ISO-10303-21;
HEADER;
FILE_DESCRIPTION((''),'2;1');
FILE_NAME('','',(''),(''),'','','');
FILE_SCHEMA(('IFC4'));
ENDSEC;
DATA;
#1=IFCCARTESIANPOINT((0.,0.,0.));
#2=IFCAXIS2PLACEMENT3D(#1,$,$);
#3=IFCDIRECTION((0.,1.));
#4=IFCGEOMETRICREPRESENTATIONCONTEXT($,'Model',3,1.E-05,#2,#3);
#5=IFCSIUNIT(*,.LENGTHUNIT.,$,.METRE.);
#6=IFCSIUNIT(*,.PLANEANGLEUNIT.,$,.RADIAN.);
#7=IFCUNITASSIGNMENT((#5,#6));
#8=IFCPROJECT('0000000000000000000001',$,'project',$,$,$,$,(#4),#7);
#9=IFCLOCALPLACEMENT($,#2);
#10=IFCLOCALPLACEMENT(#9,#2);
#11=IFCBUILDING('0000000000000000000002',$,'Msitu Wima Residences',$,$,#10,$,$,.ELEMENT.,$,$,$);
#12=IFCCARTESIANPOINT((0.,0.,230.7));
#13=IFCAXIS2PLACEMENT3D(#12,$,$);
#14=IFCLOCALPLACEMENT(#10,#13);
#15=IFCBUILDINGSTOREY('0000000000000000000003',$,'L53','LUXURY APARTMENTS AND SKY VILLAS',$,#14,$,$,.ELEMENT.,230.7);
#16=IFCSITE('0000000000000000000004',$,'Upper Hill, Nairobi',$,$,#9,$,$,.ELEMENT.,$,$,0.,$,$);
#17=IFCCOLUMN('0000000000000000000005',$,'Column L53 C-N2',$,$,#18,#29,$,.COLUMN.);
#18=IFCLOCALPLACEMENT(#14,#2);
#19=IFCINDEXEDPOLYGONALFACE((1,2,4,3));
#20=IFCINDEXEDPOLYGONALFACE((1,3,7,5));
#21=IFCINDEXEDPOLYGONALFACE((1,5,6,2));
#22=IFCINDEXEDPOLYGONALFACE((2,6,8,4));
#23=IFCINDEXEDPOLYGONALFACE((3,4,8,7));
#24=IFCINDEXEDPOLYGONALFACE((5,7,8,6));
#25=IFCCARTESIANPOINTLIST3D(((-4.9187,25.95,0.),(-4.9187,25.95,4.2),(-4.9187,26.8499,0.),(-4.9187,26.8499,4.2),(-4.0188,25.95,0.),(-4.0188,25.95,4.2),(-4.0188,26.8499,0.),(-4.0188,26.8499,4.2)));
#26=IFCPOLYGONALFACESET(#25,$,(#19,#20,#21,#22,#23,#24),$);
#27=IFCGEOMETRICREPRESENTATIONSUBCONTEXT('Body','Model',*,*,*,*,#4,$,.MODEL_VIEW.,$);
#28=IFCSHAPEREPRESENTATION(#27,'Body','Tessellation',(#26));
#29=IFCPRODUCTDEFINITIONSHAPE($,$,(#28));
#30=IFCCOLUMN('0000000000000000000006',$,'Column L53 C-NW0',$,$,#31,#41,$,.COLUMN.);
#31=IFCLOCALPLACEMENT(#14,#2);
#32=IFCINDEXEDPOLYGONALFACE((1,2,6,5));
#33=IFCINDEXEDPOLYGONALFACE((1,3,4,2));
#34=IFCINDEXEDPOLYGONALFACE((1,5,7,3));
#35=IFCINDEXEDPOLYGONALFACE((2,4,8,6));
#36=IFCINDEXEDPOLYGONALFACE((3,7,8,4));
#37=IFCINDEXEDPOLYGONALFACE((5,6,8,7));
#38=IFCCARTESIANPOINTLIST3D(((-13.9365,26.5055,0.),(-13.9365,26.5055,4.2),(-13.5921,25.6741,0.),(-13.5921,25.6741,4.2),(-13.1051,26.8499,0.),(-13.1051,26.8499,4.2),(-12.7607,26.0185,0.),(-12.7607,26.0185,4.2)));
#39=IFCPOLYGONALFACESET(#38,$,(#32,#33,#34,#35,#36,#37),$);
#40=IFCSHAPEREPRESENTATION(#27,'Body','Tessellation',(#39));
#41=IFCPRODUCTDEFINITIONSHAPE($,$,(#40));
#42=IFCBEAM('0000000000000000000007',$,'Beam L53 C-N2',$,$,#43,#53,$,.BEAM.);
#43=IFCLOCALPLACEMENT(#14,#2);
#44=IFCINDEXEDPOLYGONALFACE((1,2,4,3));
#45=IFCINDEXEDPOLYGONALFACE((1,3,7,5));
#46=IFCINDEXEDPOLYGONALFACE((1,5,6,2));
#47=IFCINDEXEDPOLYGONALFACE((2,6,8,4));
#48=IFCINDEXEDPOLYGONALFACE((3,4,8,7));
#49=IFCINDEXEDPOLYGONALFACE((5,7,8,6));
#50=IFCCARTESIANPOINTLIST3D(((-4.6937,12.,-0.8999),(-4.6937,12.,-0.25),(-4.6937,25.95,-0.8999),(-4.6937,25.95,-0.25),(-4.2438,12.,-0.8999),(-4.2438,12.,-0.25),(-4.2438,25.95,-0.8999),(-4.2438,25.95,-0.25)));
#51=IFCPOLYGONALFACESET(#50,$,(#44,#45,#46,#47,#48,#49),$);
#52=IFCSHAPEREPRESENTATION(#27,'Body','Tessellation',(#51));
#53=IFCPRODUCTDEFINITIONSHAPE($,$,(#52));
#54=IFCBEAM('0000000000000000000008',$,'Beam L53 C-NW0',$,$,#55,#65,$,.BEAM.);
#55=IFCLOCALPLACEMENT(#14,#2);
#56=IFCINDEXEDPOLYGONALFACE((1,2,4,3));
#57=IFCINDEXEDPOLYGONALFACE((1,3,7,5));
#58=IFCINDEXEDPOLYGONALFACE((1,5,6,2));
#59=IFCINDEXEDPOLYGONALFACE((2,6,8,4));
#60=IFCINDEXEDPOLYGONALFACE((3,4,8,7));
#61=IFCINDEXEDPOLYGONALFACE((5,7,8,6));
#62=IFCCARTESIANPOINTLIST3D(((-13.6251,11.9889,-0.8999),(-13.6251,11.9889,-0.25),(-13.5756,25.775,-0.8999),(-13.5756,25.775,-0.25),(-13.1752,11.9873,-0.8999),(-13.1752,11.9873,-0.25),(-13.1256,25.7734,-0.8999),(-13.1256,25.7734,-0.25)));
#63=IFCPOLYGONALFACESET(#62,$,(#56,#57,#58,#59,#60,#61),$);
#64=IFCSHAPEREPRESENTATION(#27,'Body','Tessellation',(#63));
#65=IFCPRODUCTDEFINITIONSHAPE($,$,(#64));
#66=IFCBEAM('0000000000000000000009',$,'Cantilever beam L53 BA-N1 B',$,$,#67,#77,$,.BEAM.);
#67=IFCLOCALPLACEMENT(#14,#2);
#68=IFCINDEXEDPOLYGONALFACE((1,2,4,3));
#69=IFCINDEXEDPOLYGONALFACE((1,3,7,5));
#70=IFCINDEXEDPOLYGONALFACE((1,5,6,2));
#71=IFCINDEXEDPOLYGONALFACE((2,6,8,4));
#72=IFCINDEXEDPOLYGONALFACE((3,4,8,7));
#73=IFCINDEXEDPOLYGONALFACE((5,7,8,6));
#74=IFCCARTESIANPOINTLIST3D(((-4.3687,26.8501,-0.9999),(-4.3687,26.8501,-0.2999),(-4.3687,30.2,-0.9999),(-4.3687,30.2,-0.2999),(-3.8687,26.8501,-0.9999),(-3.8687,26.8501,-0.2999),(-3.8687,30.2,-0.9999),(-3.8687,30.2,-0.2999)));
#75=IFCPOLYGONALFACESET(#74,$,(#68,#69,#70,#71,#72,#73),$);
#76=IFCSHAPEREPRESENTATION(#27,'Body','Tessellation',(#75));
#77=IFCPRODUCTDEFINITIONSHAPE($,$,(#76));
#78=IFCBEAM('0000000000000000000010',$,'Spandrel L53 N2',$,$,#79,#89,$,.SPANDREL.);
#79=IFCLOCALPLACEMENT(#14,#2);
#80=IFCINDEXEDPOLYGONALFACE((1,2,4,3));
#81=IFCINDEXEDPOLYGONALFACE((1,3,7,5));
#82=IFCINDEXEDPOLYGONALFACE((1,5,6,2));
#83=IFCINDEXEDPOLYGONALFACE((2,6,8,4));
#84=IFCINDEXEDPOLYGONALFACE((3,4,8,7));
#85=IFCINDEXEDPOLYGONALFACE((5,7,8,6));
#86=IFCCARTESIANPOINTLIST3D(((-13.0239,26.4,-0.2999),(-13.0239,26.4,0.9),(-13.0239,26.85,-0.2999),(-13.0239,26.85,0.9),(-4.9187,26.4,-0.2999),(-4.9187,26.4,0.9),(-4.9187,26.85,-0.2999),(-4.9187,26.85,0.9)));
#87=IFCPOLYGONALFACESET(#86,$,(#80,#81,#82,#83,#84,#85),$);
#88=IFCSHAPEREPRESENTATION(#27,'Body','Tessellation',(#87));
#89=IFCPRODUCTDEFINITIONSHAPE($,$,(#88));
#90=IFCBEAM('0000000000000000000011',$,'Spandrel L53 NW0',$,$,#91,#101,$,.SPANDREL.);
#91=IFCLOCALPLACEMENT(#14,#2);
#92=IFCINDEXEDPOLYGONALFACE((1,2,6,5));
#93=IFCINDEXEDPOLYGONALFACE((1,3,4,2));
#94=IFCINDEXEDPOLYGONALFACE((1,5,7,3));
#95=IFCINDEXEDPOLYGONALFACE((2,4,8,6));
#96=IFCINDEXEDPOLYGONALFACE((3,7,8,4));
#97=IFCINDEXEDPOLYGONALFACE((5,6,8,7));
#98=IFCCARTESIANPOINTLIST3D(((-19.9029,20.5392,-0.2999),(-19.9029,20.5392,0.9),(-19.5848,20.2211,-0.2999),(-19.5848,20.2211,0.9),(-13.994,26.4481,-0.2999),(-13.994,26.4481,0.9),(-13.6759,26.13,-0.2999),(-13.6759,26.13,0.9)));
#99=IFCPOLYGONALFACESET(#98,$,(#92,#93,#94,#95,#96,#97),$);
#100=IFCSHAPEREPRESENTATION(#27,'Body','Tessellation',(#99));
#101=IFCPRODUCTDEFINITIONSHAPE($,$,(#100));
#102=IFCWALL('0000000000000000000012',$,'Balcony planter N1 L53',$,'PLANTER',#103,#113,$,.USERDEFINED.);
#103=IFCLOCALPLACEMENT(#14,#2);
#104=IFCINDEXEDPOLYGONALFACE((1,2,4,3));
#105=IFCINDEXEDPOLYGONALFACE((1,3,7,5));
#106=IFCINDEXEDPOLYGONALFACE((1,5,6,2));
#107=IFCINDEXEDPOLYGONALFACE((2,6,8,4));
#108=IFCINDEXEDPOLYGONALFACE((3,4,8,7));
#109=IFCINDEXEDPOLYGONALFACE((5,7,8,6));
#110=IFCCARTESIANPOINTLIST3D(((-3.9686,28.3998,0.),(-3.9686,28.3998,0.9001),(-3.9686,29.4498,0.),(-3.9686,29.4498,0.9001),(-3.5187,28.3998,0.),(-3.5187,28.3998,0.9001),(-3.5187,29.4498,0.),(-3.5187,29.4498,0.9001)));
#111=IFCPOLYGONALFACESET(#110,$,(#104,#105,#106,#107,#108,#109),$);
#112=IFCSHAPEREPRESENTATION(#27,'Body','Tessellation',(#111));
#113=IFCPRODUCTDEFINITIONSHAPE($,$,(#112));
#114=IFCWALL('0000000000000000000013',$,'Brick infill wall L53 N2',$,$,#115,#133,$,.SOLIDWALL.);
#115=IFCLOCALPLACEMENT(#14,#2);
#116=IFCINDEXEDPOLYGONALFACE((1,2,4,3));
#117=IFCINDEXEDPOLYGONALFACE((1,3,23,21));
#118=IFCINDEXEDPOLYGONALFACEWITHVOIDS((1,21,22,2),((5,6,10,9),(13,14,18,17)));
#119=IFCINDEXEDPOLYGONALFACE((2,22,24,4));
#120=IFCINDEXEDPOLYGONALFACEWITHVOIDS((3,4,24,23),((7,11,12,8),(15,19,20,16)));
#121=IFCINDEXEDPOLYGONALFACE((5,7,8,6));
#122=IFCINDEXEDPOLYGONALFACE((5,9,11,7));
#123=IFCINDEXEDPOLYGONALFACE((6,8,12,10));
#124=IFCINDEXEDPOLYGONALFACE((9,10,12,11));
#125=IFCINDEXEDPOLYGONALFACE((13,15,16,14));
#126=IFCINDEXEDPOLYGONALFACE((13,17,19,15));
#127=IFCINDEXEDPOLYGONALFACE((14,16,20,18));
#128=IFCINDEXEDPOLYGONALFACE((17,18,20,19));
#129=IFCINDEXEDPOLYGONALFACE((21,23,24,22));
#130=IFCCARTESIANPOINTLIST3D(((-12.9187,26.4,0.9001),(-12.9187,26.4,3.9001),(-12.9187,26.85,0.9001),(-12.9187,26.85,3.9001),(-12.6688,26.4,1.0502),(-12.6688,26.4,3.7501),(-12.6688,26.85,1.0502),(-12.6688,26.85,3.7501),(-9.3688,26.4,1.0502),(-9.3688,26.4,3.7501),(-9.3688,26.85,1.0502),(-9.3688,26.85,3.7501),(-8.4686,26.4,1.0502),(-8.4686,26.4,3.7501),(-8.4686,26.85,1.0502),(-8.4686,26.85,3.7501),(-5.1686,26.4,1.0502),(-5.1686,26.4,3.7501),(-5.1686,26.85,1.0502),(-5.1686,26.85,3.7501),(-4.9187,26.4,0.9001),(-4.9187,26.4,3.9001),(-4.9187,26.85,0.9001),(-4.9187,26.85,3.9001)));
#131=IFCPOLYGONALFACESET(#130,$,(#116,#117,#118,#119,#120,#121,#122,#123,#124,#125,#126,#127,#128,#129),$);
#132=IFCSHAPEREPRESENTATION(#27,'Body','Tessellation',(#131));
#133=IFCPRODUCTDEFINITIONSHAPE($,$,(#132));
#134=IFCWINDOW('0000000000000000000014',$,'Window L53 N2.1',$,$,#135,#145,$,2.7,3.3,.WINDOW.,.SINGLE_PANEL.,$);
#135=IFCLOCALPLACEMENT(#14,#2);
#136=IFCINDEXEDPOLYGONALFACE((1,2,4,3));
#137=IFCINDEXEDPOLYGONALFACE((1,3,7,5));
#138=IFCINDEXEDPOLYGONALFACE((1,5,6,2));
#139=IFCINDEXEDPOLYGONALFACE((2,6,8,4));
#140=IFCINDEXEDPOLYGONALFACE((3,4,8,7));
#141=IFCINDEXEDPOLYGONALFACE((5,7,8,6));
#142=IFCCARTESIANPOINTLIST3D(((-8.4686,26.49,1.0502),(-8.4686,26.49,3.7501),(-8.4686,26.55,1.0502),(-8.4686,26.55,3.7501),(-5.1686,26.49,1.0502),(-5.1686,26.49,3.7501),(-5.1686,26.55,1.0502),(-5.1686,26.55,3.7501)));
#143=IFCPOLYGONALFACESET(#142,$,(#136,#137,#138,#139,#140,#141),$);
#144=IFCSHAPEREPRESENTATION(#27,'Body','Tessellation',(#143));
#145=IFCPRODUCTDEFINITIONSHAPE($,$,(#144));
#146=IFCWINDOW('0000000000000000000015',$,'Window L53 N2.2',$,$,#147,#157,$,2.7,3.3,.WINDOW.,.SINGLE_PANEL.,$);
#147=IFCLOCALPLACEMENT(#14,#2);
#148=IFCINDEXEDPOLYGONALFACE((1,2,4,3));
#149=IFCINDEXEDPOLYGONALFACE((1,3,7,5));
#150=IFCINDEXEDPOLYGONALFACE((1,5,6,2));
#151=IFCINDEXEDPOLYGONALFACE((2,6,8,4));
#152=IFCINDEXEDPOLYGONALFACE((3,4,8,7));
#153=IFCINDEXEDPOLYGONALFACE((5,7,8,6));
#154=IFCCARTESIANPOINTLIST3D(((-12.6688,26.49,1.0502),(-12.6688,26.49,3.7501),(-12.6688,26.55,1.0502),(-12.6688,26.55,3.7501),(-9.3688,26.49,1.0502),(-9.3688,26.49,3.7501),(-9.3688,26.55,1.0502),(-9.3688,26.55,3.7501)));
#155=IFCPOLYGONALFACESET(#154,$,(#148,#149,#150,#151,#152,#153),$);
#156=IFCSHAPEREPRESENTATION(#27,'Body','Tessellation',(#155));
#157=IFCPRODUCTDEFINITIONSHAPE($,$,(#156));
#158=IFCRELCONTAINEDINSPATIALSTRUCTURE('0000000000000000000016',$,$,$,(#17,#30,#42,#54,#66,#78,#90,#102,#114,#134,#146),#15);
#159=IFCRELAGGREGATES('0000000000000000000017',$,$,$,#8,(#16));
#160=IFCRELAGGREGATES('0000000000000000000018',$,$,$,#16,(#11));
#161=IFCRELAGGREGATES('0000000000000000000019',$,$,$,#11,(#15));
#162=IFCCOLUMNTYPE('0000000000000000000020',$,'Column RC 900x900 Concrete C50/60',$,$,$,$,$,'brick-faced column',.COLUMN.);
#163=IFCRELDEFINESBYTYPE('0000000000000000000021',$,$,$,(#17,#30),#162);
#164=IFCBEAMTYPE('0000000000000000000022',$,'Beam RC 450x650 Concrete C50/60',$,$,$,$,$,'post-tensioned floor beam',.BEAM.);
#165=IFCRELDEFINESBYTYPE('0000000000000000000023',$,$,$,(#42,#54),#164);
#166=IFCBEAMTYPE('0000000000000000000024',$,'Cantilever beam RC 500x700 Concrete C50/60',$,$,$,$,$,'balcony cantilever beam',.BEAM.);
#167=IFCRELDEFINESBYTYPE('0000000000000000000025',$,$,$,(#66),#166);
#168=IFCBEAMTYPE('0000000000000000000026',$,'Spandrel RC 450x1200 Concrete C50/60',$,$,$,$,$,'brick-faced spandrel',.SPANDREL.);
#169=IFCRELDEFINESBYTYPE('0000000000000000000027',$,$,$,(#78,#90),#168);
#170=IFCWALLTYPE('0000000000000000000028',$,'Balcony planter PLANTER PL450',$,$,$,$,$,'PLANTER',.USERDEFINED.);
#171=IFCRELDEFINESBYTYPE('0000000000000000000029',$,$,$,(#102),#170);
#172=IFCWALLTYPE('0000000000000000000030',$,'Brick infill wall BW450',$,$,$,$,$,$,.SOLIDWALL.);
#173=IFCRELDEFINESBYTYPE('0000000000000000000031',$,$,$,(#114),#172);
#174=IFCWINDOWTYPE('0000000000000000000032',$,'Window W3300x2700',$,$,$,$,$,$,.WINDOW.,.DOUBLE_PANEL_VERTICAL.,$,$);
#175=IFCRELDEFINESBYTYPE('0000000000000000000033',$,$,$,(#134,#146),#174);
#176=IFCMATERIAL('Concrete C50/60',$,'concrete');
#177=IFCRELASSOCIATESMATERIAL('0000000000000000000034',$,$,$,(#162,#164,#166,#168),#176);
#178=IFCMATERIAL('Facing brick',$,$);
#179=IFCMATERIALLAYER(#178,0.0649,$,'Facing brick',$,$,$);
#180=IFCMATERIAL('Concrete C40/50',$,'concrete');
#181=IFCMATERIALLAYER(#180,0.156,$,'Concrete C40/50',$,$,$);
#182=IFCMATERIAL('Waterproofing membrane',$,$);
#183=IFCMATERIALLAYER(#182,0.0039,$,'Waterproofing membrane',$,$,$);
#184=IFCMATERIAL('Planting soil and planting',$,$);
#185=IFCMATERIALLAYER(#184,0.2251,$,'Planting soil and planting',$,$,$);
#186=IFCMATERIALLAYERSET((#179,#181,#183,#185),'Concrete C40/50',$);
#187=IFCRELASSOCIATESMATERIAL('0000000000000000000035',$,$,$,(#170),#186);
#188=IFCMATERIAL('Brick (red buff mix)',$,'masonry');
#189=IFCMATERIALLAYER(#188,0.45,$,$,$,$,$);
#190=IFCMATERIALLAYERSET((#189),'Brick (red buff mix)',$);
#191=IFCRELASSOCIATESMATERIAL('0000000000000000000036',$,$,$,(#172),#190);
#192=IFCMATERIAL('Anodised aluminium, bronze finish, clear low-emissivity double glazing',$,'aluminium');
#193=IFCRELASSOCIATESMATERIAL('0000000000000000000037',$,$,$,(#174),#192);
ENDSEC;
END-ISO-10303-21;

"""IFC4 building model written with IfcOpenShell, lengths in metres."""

from ifc_helpers import new_model, si_unit, direction, frame, frame_2d, origin, origin_2d, place, context, subcontext, project, spatial, rectangle, extrude, material, layer, layer_set, material_profile, profile_set, type_object, element, fill, save


model = new_model("IFC4")

# Units and contexts
model_context = context("Model", 3, precision=1e-05, world=origin(), true_north=direction((0.0, 1.0)))
body_context = subcontext(model_context, "Body", "Model", "MODEL_VIEW")
ifc_project = project(units=[si_unit("LENGTHUNIT", "METRE"), si_unit("PLANEANGLEUNIT", "RADIAN")], contexts=[model_context])

# Site, building, storey
site_placement = place(None, origin())
site = spatial("IfcSite", under=ifc_project, at=site_placement, Name="Upper Hill, Nairobi", CompositionType="ELEMENT", RefElevation=0.0)
building_placement = place(site_placement, origin())
building = spatial("IfcBuilding", under=site, at=building_placement, Name="Msitu Wima Residences", CompositionType="ELEMENT")
storey_placement = place(building_placement, frame((0.0, 0.0, 230.7)))
storey = spatial("IfcBuildingStorey", under=building, at=storey_placement, Name="L53", Description="LUXURY APARTMENTS AND SKY VILLAS", CompositionType="ELEMENT", Elevation=230.7)

# Columns
ifc_material_1 = material(Name="Concrete C50/60", Category="concrete")
ifc_material_profile_1 = material_profile(ifc_material_1, rectangle(XDim=0.8999, YDim=0.8999, at=origin_2d()), Name="RC 900x900")
ifc_profile_set_1 = profile_set([ifc_material_profile_1], Name="Concrete C50/60")
column_type = type_object("IfcColumnType", Name="Column RC 900x900 Concrete C50/60", ElementType="brick-faced column", PredefinedType="COLUMN", material=ifc_profile_set_1)
for number, where, z_axis, x_axis, name in (
    (1, (-4.4688, 26.3999, 0.0), (0.0, 0.0, 1.0), (-1.0, 0.0, 0.0), "Column L53 C-N2"),
    (2, (-13.3486, 26.262, 0.0), (0.0, 0.0, 1.0), (-0.92388, -0.382683, 0.0), "Column L53 C-NW0"),
):
    element("IfcColumn", number, at=place(storey_placement, frame(where, z_axis=z_axis, x_axis=x_axis)), inside=storey, type_object=column_type, Name=name, PredefinedType="COLUMN", context=body_context, shape_type="SweptSolid", body=[
        extrude(rectangle(XDim=0.8999, YDim=0.8999, at=origin_2d()), origin(), (0.0, 0.0, 1.0), 4.2),
    ])

# Beams
ifc_material_profile_2 = material_profile(ifc_material_1, rectangle(XDim=0.45, YDim=0.6499, at=origin_2d()), Name="RC 450x650")
ifc_profile_set_2 = profile_set([ifc_material_profile_2], Name="Concrete C50/60")
beam_type_1 = type_object("IfcBeamType", Name="Beam RC 450x650 Concrete C50/60", ElementType="post-tensioned floor beam", PredefinedType="BEAM", material=ifc_profile_set_2)
beam_1_placement = place(storey_placement, frame((-4.4688, 25.95, -0.575), z_axis=(0.0, -1.0, 0.0), x_axis=(1.0, 0.0, 0.0)))
element("IfcBeam", 3, at=beam_1_placement, inside=storey, type_object=beam_type_1, Name="Beam L53 C-N2", PredefinedType="BEAM", context=body_context, shape_type="SweptSolid", body=[
    extrude(rectangle(XDim=0.45, YDim=0.6499, at=origin_2d()), origin(), (0.0, 0.0, 1.0), 13.95),
])
beam_2_placement = place(storey_placement, frame((-13.3506, 25.7742, -0.575), z_axis=(-0.003595, -0.999994, 0.0), x_axis=(0.999994, -0.003595, 0.0)))
element("IfcBeam", 4, at=beam_2_placement, inside=storey, type_object=beam_type_1, Name="Beam L53 C-NW0", PredefinedType="BEAM", context=body_context, shape_type="SweptSolid", body=[
    extrude(rectangle(XDim=0.45, YDim=0.6499, at=origin_2d()), origin(), (0.0, 0.0, 1.0), 13.7861),
])
ifc_material_profile_3 = material_profile(ifc_material_1, rectangle(XDim=0.5, YDim=0.7, at=origin_2d()), Name="RC 500x700")
ifc_profile_set_3 = profile_set([ifc_material_profile_3], Name="Concrete C50/60")
beam_type_2 = type_object("IfcBeamType", Name="Cantilever beam RC 500x700 Concrete C50/60", ElementType="balcony cantilever beam", PredefinedType="BEAM", material=ifc_profile_set_3)
beam_3_placement = place(storey_placement, frame((-4.1187, 26.8501, -0.6499), z_axis=(0.0, 1.0, 0.0), x_axis=(-1.0, 0.0, 0.0)))
element("IfcBeam", 5, at=beam_3_placement, inside=storey, type_object=beam_type_2, Name="Cantilever beam L53 BA-N1 B", PredefinedType="BEAM", context=body_context, shape_type="SweptSolid", body=[
    extrude(rectangle(XDim=0.5, YDim=0.7, at=origin_2d()), origin(), (0.0, 0.0, 1.0), 3.3499),
])
ifc_material_profile_4 = material_profile(ifc_material_1, rectangle(XDim=0.45, YDim=1.2, at=origin_2d()), Name="RC 450x1200")
ifc_profile_set_4 = profile_set([ifc_material_profile_4], Name="Concrete C50/60")
beam_type_3 = type_object("IfcBeamType", Name="Spandrel RC 450x1200 Concrete C50/60", ElementType="brick-faced spandrel", PredefinedType="SPANDREL", material=ifc_profile_set_4)
beam_4_placement = place(storey_placement, frame((-4.9187, 26.625, 0.3), z_axis=(-1.0, 0.0, 0.0), x_axis=(0.0, -1.0, 0.0)))
element("IfcBeam", 6, at=beam_4_placement, inside=storey, type_object=beam_type_3, Name="Spandrel L53 N2", PredefinedType="SPANDREL", context=body_context, shape_type="SweptSolid", body=[
    extrude(rectangle(XDim=0.45, YDim=1.2, at=origin_2d()), origin(), (0.0, 0.0, 1.0), 8.1052),
])
beam_5_placement = place(storey_placement, frame((-13.835, 26.2891, 0.3), z_axis=(-0.707107, -0.707107, 0.0), x_axis=(0.707107, -0.707107, 0.0)))
element("IfcBeam", 7, at=beam_5_placement, inside=storey, type_object=beam_type_3, Name="Spandrel L53 NW0", PredefinedType="SPANDREL", context=body_context, shape_type="SweptSolid", body=[
    extrude(rectangle(XDim=0.45, YDim=1.2, at=origin_2d()), origin(), (0.0, 0.0, 1.0), 8.3564),
])

# Wall
ifc_material_2 = material(Name="Facing brick")
ifc_layer_1 = layer(ifc_material_2, 0.0649, Name="Facing brick")
ifc_material_3 = material(Name="Concrete C40/50", Category="concrete")
ifc_layer_2 = layer(ifc_material_3, 0.156, Name="Concrete C40/50")
ifc_material_4 = material(Name="Waterproofing membrane")
ifc_layer_3 = layer(ifc_material_4, 0.0039, Name="Waterproofing membrane")
ifc_material_5 = material(Name="Planting soil and planting")
ifc_layer_4 = layer(ifc_material_5, 0.2251, Name="Planting soil and planting")
ifc_layer_set_1 = layer_set([ifc_layer_1, ifc_layer_2, ifc_layer_3, ifc_layer_4], Name="Concrete C40/50")
wall_type_1 = type_object("IfcWallType", Name="Balcony planter PLANTER PL450", ElementType="PLANTER", PredefinedType="USERDEFINED", material=ifc_layer_set_1)
wall_1_placement = place(storey_placement, frame((-3.7437, 28.3999, 0.0), z_axis=(0.0, 0.0, 1.0), x_axis=(0.0, 1.0, 0.0)))
element("IfcWall", 8, at=wall_1_placement, inside=storey, type_object=wall_type_1, Name="Balcony planter N1 L53", ObjectType="PLANTER", PredefinedType="USERDEFINED", context=body_context, shape_type="SweptSolid", body=[
    extrude(rectangle(XDim=1.05, YDim=0.45, at=frame_2d((0.5249, 0.0))), origin(), (0.0, 0.0, 1.0), 0.9001),
])

# Wall, openings, windows
ifc_material_6 = material(Name="Brick (red buff mix)", Category="masonry")
ifc_layer_5 = layer(ifc_material_6, 0.45)
ifc_layer_set_2 = layer_set([ifc_layer_5], Name="Brick (red buff mix)")
wall_type_2 = type_object("IfcWallType", Name="Brick infill wall BW450", PredefinedType="SOLIDWALL", material=ifc_layer_set_2)
wall_2_placement = place(storey_placement, frame((-4.9187, 26.625, 0.9001), z_axis=(0.0, 0.0, 1.0), x_axis=(-1.0, 0.0, 0.0)))
wall_2 = element("IfcWall", 9, at=wall_2_placement, inside=storey, type_object=wall_type_2, Name="Brick infill wall L53 N2", PredefinedType="SOLIDWALL", context=body_context, shape_type="SweptSolid", body=[
    extrude(rectangle(XDim=8.0, YDim=0.45, at=frame_2d((4.0, 0.0))), origin(), (0.0, 0.0, 1.0), 3.0),
])
opening_1_placement = place(wall_2_placement, frame((0.25, 0.0, 0.1499)))
opening_1 = element("IfcOpeningElement", 10, at=opening_1_placement, cuts=wall_2, PredefinedType="OPENING", context=body_context, shape_type="SweptSolid", body=[
    extrude(rectangle(XDim=3.3, YDim=2.7, at=frame_2d((1.6499, 1.3501))), frame((0.0, 0.2349, 0.0), z_axis=(0.0, -1.0, 0.0), x_axis=(1.0, 0.0, 0.0)), (0.0, 0.0, 1.0), 0.47),
])
opening_2_placement = place(wall_2_placement, frame((4.4502, 0.0, 0.1499)))
opening_2 = element("IfcOpeningElement", 11, at=opening_2_placement, cuts=wall_2, PredefinedType="OPENING", context=body_context, shape_type="SweptSolid", body=[
    extrude(rectangle(XDim=3.3, YDim=2.7, at=frame_2d((1.6499, 1.3501))), frame((0.0, 0.2349, 0.0), z_axis=(0.0, -1.0, 0.0), x_axis=(1.0, 0.0, 0.0)), (0.0, 0.0, 1.0), 0.47),
])
ifc_material_7 = material(Name="Anodised aluminium, bronze finish, clear low-emissivity double glazing", Category="aluminium")
window_type = type_object("IfcWindowType", Name="Window W3300x2700", PartitioningType="DOUBLE_PANEL_VERTICAL", PredefinedType="WINDOW", material=ifc_material_7)
window_1_placement = place(opening_1_placement, origin())
window_1 = element("IfcWindow", 12, at=window_1_placement, inside=storey, type_object=window_type, Name="Window L53 N2.1", OverallHeight=2.7, OverallWidth=3.3, PartitioningType="SINGLE_PANEL", PredefinedType="WINDOW", context=body_context, shape_type="SweptSolid", body=[
    extrude(rectangle(XDim=3.3, YDim=2.7, at=frame_2d((1.6499, 1.3501))), frame((0.0, 0.135, 0.0), z_axis=(0.0, -1.0, 0.0), x_axis=(1.0, 0.0, 0.0)), (0.0, 0.0, 1.0), 0.0601),
])
fill(opening_1, window_1)
window_2_placement = place(opening_2_placement, origin())
window_2 = element("IfcWindow", 13, at=window_2_placement, inside=storey, type_object=window_type, Name="Window L53 N2.2", OverallHeight=2.7, OverallWidth=3.3, PartitioningType="SINGLE_PANEL", PredefinedType="WINDOW", context=body_context, shape_type="SweptSolid", body=[
    extrude(rectangle(XDim=3.3, YDim=2.7, at=frame_2d((1.6499, 1.3501))), frame((0.0, 0.135, 0.0), z_axis=(0.0, -1.0, 0.0), x_axis=(1.0, 0.0, 0.0)), (0.0, 0.0, 1.0), 0.0601),
])
fill(opening_2, window_2)

save(model, "model.ifc")
